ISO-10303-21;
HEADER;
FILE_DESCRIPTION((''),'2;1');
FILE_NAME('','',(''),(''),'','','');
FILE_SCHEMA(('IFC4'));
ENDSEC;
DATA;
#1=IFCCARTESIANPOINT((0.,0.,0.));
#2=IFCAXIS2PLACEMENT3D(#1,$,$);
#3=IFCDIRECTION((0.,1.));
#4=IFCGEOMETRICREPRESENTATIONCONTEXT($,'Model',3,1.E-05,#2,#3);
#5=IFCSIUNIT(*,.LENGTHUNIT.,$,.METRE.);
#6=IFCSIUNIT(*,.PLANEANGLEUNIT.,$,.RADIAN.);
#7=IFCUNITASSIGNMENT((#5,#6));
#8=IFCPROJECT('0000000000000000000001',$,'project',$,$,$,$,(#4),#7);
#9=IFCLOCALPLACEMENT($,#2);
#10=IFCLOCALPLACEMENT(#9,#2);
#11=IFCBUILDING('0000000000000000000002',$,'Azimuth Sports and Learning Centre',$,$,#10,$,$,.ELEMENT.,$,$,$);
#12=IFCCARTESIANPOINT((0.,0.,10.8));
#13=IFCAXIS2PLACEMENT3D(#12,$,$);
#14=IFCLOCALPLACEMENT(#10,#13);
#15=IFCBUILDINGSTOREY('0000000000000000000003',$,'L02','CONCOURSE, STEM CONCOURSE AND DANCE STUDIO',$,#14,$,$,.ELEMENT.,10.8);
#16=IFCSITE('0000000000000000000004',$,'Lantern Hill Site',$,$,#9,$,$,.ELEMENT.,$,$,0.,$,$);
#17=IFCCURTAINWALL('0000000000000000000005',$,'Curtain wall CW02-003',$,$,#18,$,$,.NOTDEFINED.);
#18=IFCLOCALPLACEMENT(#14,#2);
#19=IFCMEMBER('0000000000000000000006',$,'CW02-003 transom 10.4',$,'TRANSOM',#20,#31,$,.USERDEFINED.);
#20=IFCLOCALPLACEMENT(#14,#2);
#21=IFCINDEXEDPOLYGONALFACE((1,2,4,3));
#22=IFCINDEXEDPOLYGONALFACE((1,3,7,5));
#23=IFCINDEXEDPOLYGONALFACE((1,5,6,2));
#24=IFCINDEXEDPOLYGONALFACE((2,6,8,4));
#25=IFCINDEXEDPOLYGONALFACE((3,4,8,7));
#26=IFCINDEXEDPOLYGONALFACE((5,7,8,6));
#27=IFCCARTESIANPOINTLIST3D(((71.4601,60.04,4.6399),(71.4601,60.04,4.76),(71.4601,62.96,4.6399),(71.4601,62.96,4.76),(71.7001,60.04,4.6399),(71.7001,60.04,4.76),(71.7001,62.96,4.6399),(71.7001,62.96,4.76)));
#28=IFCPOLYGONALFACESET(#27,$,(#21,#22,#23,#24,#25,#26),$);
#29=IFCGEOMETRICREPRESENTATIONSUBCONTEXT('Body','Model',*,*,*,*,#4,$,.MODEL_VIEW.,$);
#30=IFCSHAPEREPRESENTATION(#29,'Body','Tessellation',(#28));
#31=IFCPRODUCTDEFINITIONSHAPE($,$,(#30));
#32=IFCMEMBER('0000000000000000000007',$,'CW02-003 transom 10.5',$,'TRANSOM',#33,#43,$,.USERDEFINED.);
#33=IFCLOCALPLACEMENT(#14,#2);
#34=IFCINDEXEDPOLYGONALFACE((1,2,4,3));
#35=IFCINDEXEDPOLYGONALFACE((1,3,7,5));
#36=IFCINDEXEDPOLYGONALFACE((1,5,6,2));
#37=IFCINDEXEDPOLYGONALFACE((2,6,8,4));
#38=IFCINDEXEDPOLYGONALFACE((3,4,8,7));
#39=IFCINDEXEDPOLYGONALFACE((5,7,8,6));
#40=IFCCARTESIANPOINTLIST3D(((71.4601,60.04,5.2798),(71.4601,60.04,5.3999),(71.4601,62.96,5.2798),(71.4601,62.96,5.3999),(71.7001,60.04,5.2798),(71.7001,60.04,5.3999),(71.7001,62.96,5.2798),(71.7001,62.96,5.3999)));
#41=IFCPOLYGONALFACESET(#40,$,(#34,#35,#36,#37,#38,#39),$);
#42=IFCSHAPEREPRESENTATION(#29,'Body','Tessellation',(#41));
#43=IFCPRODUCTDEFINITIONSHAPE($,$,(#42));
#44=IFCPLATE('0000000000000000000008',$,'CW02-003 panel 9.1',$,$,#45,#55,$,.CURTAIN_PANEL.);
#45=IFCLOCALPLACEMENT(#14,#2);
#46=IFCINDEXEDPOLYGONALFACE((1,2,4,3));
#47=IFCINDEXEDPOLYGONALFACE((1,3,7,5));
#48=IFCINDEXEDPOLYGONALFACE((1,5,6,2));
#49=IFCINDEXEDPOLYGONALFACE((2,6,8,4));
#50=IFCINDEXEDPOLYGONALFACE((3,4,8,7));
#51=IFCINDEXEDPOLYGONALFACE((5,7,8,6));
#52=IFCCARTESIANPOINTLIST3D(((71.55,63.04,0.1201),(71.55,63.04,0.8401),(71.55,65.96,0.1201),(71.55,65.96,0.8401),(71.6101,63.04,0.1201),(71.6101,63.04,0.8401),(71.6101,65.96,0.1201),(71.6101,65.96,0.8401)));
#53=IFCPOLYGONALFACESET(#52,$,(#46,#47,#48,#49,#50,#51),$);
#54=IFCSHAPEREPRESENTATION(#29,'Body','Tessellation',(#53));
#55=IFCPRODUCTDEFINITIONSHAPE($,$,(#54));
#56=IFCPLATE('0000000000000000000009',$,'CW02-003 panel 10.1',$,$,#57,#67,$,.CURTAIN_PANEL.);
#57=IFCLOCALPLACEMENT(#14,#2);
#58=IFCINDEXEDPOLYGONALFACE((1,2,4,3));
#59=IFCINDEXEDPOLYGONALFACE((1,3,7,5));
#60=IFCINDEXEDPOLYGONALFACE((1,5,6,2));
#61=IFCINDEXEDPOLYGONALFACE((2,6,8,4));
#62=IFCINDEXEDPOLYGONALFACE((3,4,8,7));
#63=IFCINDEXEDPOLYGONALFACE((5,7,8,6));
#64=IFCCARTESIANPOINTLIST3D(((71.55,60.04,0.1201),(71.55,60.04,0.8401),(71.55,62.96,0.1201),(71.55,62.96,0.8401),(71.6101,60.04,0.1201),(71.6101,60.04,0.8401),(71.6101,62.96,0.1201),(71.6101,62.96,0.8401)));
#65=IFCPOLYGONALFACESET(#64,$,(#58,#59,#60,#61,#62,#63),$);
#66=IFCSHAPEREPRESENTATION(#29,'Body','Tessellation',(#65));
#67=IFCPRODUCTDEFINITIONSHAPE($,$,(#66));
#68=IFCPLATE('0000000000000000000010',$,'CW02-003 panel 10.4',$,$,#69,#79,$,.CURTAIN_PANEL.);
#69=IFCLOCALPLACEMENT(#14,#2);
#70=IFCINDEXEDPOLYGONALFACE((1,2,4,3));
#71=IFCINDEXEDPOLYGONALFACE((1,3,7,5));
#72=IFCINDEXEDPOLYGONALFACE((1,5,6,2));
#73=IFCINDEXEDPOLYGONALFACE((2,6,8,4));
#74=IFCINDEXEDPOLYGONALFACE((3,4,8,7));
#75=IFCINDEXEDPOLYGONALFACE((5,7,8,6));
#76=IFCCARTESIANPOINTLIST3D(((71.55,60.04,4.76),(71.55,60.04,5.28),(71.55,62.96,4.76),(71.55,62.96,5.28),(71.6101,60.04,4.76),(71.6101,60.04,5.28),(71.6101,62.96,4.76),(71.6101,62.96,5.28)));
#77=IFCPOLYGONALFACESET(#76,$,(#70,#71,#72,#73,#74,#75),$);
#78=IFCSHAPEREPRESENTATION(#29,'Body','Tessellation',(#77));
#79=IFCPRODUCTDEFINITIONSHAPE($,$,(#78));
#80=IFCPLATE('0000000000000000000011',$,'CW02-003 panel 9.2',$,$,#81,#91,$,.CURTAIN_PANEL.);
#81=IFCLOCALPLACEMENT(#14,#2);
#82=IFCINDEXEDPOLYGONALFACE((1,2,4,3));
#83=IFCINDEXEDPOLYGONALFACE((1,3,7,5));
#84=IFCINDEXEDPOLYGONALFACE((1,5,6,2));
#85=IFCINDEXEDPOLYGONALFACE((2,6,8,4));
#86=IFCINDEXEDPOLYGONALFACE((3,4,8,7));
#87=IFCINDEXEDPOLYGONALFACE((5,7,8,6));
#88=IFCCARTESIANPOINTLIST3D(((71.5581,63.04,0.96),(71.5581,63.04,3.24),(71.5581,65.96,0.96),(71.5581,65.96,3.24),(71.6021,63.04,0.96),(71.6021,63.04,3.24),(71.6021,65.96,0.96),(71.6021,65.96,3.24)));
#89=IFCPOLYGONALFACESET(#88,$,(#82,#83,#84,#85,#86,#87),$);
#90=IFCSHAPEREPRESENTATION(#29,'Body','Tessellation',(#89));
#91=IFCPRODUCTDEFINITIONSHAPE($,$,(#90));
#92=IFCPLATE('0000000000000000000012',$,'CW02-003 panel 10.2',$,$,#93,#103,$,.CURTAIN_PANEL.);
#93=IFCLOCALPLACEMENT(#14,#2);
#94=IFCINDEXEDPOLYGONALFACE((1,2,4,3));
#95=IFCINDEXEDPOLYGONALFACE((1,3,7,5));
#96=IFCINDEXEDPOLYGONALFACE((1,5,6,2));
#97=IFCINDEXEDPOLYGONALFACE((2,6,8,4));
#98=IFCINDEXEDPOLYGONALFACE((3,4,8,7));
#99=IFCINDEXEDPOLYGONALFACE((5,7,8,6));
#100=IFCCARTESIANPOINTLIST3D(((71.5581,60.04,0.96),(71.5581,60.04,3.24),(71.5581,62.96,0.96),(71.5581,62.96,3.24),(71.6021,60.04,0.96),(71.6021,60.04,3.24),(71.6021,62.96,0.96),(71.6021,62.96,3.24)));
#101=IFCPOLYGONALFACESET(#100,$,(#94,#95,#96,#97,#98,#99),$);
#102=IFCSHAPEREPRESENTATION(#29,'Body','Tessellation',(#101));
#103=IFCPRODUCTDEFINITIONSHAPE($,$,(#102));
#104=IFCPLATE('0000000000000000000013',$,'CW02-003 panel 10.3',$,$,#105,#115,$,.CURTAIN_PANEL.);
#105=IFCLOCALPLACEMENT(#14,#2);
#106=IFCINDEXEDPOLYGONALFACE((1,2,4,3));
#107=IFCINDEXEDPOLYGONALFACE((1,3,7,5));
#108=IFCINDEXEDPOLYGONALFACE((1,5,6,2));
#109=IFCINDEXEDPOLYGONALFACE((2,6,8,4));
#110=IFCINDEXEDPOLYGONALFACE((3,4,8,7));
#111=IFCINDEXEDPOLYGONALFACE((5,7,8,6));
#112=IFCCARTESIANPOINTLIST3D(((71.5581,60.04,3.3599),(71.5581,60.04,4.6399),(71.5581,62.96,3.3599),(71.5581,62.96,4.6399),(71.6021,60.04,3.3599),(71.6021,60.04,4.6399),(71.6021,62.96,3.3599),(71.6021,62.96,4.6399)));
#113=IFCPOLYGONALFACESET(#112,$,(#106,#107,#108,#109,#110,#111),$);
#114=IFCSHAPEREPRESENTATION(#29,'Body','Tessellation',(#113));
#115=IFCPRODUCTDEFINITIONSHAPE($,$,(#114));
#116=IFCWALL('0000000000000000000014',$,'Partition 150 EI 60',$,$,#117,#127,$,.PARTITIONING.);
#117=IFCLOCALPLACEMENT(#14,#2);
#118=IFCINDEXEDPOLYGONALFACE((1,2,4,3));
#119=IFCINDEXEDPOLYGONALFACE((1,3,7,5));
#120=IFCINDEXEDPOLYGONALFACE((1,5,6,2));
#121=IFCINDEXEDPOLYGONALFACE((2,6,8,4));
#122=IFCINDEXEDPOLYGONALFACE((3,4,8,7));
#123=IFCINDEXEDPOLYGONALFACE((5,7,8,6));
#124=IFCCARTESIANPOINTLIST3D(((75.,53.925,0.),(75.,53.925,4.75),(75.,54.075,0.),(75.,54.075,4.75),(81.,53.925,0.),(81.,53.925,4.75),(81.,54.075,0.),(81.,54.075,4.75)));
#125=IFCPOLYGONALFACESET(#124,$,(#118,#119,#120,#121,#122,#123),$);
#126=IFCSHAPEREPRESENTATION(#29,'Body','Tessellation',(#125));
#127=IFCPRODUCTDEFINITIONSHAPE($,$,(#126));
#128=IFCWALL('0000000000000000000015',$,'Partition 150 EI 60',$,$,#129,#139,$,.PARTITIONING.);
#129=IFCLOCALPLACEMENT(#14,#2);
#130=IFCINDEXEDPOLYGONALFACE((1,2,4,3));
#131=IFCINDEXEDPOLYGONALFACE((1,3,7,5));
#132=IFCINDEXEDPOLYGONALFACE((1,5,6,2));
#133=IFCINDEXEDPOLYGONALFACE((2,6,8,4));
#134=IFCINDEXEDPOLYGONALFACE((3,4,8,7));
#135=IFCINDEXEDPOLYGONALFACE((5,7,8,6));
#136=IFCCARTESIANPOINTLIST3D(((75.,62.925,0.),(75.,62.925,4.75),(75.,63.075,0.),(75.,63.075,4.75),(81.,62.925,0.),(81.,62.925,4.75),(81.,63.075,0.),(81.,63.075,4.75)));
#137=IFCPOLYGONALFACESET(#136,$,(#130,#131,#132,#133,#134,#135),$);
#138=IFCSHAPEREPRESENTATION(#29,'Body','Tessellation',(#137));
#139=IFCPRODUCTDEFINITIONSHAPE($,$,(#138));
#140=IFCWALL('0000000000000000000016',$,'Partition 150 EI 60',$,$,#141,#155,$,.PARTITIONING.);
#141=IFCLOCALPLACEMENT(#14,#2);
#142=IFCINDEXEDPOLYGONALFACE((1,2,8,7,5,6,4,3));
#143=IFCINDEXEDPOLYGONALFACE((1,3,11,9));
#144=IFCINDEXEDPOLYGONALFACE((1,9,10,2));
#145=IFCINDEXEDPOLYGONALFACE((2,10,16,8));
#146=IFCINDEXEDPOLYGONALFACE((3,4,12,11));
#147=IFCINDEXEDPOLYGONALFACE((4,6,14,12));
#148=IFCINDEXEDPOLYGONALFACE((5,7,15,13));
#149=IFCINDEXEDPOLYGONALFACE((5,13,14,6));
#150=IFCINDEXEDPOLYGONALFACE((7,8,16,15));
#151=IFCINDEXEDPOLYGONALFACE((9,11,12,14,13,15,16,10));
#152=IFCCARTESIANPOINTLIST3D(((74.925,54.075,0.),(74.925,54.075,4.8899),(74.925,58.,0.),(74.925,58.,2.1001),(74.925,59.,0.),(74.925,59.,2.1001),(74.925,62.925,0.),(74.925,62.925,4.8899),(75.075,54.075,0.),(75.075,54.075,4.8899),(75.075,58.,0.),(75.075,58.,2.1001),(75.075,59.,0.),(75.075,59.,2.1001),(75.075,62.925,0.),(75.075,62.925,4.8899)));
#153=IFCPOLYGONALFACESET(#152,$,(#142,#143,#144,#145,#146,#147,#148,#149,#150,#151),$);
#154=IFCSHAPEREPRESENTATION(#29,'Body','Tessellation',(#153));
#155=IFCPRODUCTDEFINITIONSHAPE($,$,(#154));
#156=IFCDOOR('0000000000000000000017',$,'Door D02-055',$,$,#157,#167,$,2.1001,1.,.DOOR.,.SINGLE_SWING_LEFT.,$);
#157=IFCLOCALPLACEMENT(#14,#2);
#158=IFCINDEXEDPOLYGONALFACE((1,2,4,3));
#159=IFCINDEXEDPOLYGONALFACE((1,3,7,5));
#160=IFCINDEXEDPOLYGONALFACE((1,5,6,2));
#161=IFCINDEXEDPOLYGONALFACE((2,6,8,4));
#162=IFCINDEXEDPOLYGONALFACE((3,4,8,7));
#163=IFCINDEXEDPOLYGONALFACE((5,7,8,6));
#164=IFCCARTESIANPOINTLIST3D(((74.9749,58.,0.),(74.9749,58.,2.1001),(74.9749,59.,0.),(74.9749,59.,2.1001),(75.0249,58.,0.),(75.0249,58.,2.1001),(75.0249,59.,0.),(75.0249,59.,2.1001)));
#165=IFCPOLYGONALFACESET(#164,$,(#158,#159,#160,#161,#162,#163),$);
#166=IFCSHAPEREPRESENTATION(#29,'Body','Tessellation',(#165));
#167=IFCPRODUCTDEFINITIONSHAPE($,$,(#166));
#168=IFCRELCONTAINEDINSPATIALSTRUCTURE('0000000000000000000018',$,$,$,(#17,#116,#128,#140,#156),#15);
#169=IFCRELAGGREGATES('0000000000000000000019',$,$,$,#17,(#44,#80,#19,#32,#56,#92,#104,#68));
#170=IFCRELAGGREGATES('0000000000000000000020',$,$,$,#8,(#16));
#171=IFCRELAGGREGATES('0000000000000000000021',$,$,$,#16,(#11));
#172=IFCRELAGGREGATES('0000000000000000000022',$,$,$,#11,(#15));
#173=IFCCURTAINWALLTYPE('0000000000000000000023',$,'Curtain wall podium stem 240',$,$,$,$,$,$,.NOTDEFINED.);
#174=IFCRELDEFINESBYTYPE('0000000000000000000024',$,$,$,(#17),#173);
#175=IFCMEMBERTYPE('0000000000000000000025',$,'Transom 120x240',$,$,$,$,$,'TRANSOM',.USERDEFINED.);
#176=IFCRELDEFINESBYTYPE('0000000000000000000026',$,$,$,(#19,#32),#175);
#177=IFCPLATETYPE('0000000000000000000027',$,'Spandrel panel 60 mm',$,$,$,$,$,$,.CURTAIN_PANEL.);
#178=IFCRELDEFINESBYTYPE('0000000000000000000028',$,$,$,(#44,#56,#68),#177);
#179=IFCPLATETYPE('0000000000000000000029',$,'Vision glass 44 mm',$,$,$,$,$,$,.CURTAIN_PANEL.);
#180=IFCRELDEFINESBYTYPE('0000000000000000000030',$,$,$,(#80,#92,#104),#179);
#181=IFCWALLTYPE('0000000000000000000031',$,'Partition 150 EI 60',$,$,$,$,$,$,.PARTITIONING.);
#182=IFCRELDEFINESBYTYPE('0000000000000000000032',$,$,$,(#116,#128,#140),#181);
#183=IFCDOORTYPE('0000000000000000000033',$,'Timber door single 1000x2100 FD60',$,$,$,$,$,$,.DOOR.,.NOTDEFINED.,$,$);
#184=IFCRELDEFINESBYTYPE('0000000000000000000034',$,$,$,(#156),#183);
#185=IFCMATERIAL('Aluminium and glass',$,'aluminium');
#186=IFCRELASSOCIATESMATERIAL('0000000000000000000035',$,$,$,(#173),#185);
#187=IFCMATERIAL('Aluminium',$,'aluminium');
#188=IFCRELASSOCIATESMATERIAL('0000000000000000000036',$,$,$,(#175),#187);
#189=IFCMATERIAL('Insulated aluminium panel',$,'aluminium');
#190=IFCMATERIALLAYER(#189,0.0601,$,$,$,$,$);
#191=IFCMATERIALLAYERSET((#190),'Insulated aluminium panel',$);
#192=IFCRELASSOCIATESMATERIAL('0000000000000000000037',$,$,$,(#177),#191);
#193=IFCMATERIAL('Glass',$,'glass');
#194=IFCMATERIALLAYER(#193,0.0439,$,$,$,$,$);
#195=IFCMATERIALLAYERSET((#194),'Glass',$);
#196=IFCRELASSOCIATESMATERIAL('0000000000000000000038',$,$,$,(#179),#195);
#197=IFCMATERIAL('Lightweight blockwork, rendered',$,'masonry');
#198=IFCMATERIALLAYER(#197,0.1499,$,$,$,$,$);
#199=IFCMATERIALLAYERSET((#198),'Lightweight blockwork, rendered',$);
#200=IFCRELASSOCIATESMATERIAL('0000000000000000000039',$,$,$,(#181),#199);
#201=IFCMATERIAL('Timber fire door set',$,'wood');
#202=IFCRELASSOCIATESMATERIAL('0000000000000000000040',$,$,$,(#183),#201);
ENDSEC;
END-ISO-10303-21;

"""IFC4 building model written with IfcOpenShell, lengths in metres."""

from ifc_helpers import new_model, si_unit, direction, frame, frame_2d, origin, origin_2d, place, context, subcontext, project, spatial, rectangle, extrude, material, layer, layer_set, material_profile, profile_set, type_object, element, fill, aggregate, save


model = new_model("IFC4")

# Units and contexts
model_context = context("Model", 3, precision=1e-05, world=origin(), true_north=direction((0.0, 1.0)))
body_context = subcontext(model_context, "Body", "Model", "MODEL_VIEW")
ifc_project = project(units=[si_unit("LENGTHUNIT", "METRE"), si_unit("PLANEANGLEUNIT", "RADIAN")], contexts=[model_context])

# Site, building, storey
site_placement = place(None, origin())
site = spatial("IfcSite", under=ifc_project, at=site_placement, Name="Lantern Hill Site", CompositionType="ELEMENT", RefElevation=0.0)
building_placement = place(site_placement, origin())
building = spatial("IfcBuilding", under=site, at=building_placement, Name="Azimuth Sports and Learning Centre", CompositionType="ELEMENT")
storey_placement = place(building_placement, frame((0.0, 0.0, 10.8)))
storey = spatial("IfcBuildingStorey", under=building, at=storey_placement, Name="L02", Description="CONCOURSE, STEM CONCOURSE AND DANCE STUDIO", CompositionType="ELEMENT", Elevation=10.8)

# Curtain wall, members, plates
ifc_material_1 = material(Name="Aluminium and glass", Category="aluminium")
curtain_wall_type = type_object("IfcCurtainWallType", Name="Curtain wall podium stem 240", PredefinedType="NOTDEFINED", material=ifc_material_1)
curtain_wall_placement = place(storey_placement, origin())
curtain_wall = element("IfcCurtainWall", 1, at=curtain_wall_placement, inside=storey, type_object=curtain_wall_type, Name="Curtain wall CW02-003", PredefinedType="NOTDEFINED")
ifc_material_2 = material(Name="Aluminium", Category="aluminium")
ifc_material_profile_1 = material_profile(ifc_material_2, rectangle(XDim=0.24, YDim=0.1201, at=origin_2d()), Name="Transom 120x240")
ifc_profile_set_1 = profile_set([ifc_material_profile_1], Name="Aluminium")
member_type_1 = type_object("IfcMemberType", Name="Transom 120x240", ElementType="TRANSOM", PredefinedType="USERDEFINED", material=ifc_profile_set_1)
member_1_placement = place(storey_placement, frame((71.5801, 62.96, 4.7), z_axis=(0.0, -1.0, 0.0), x_axis=(1.0, 0.0, 0.0)))
member_1 = element("IfcMember", 2, at=member_1_placement, type_object=member_type_1, Name="CW02-003 transom 10.4", ObjectType="TRANSOM", PredefinedType="USERDEFINED", context=body_context, shape_type="SweptSolid", body=[
    extrude(rectangle(XDim=0.24, YDim=0.1201, at=origin_2d()), origin(), (0.0, 0.0, 1.0), 2.9199),
])
member_2_placement = place(storey_placement, frame((71.5801, 62.96, 5.3398), z_axis=(0.0, -1.0, 0.0), x_axis=(1.0, 0.0, 0.0)))
member_2 = element("IfcMember", 3, at=member_2_placement, type_object=member_type_1, Name="CW02-003 transom 10.5", ObjectType="TRANSOM", PredefinedType="USERDEFINED", context=body_context, shape_type="SweptSolid", body=[
    extrude(rectangle(XDim=0.24, YDim=0.1201, at=origin_2d()), origin(), (0.0, 0.0, 1.0), 2.9199),
])
ifc_material_3 = material(Name="Insulated aluminium panel", Category="aluminium")
ifc_layer_1 = layer(ifc_material_3, 0.0601)
ifc_layer_set_1 = layer_set([ifc_layer_1], Name="Insulated aluminium panel")
plate_type_1 = type_object("IfcPlateType", Name="Spandrel panel 60 mm", PredefinedType="CURTAIN_PANEL", material=ifc_layer_set_1)
plate_1_placement = place(storey_placement, frame((71.5801, 64.5, 0.1201), z_axis=(0.0, 0.0, 1.0), x_axis=(0.0, -1.0, 0.0)))
plate_1 = element("IfcPlate", 4, at=plate_1_placement, type_object=plate_type_1, Name="CW02-003 panel 9.1", PredefinedType="CURTAIN_PANEL", context=body_context, shape_type="SweptSolid", body=[
    extrude(rectangle(XDim=2.9199, YDim=0.0601, at=origin_2d()), origin(), (0.0, 0.0, 1.0), 0.72),
])
plate_2_placement = place(storey_placement, frame((71.5801, 61.5, 0.1201), z_axis=(0.0, 0.0, 1.0), x_axis=(0.0, -1.0, 0.0)))
plate_2 = element("IfcPlate", 5, at=plate_2_placement, type_object=plate_type_1, Name="CW02-003 panel 10.1", PredefinedType="CURTAIN_PANEL", context=body_context, shape_type="SweptSolid", body=[
    extrude(rectangle(XDim=2.9199, YDim=0.0601, at=origin_2d()), origin(), (0.0, 0.0, 1.0), 0.72),
])
plate_3_placement = place(storey_placement, frame((71.5801, 61.5, 4.76), z_axis=(0.0, 0.0, 1.0), x_axis=(0.0, -1.0, 0.0)))
plate_3 = element("IfcPlate", 6, at=plate_3_placement, type_object=plate_type_1, Name="CW02-003 panel 10.4", PredefinedType="CURTAIN_PANEL", context=body_context, shape_type="SweptSolid", body=[
    extrude(rectangle(XDim=2.9199, YDim=0.0601, at=origin_2d()), origin(), (0.0, 0.0, 1.0), 0.52),
])
ifc_material_4 = material(Name="Glass", Category="glass")
ifc_layer_2 = layer(ifc_material_4, 0.0439)
ifc_layer_set_2 = layer_set([ifc_layer_2], Name="Glass")
plate_type_2 = type_object("IfcPlateType", Name="Vision glass 44 mm", PredefinedType="CURTAIN_PANEL", material=ifc_layer_set_2)
plate_4_placement = place(storey_placement, frame((71.5801, 64.5, 0.96), z_axis=(0.0, 0.0, 1.0), x_axis=(0.0, -1.0, 0.0)))
plate_4 = element("IfcPlate", 7, at=plate_4_placement, type_object=plate_type_2, Name="CW02-003 panel 9.2", PredefinedType="CURTAIN_PANEL", context=body_context, shape_type="SweptSolid", body=[
    extrude(rectangle(XDim=2.9199, YDim=0.0439, at=origin_2d()), origin(), (0.0, 0.0, 1.0), 2.28),
])
plate_5_placement = place(storey_placement, frame((71.5801, 61.5, 0.96), z_axis=(0.0, 0.0, 1.0), x_axis=(0.0, -1.0, 0.0)))
plate_5 = element("IfcPlate", 8, at=plate_5_placement, type_object=plate_type_2, Name="CW02-003 panel 10.2", PredefinedType="CURTAIN_PANEL", context=body_context, shape_type="SweptSolid", body=[
    extrude(rectangle(XDim=2.9199, YDim=0.0439, at=origin_2d()), origin(), (0.0, 0.0, 1.0), 2.28),
])
plate_6_placement = place(storey_placement, frame((71.5801, 61.5, 3.3599), z_axis=(0.0, 0.0, 1.0), x_axis=(0.0, -1.0, 0.0)))
plate_6 = element("IfcPlate", 9, at=plate_6_placement, type_object=plate_type_2, Name="CW02-003 panel 10.3", PredefinedType="CURTAIN_PANEL", context=body_context, shape_type="SweptSolid", body=[
    extrude(rectangle(XDim=2.9199, YDim=0.0439, at=origin_2d()), origin(), (0.0, 0.0, 1.0), 1.28),
])
aggregate(curtain_wall, [plate_1, plate_4, member_1, member_2, plate_2, plate_5, plate_6, plate_3])

# Walls
ifc_material_5 = material(Name="Lightweight blockwork, rendered", Category="masonry")
ifc_layer_3 = layer(ifc_material_5, 0.1499)
ifc_layer_set_3 = layer_set([ifc_layer_3], Name="Lightweight blockwork, rendered")
wall_type_1 = type_object("IfcWallType", Name="Partition 150 EI 60", PredefinedType="PARTITIONING", material=ifc_layer_set_3)
for number, where, z_axis, x_axis, name in (
    (10, (75.0, 54.0, 0.0), (0.0, 0.0, 1.0), (1.0, 0.0, 0.0), "Partition 150 EI 60"),
    (11, (75.0, 63.0, 0.0), (0.0, 0.0, 1.0), (1.0, 0.0, 0.0), "Partition 150 EI 60"),
):
    element("IfcWall", number, at=place(storey_placement, frame(where, z_axis=z_axis, x_axis=x_axis)), inside=storey, type_object=wall_type_1, Name=name, PredefinedType="PARTITIONING", context=body_context, shape_type="SweptSolid", body=[
        extrude(rectangle(XDim=6.0, YDim=0.1499, at=frame_2d((3.0, 0.0))), origin(), (0.0, 0.0, 1.0), 4.75),
    ])

# Wall, opening, door
wall_1_placement = place(storey_placement, frame((75.0, 54.075, 0.0), z_axis=(0.0, 0.0, 1.0), x_axis=(0.0, 1.0, 0.0)))
wall_1 = element("IfcWall", 12, at=wall_1_placement, inside=storey, type_object=wall_type_1, Name="Partition 150 EI 60", PredefinedType="PARTITIONING", context=body_context, shape_type="SweptSolid", body=[
    extrude(rectangle(XDim=8.8501, YDim=0.1499, at=frame_2d((4.425, 0.0))), origin(), (0.0, 0.0, 1.0), 4.8899),
])
opening_1_placement = place(wall_1_placement, frame((3.925, 0.0, 0.0)))
opening_1 = element("IfcOpeningElement", 13, at=opening_1_placement, cuts=wall_1, PredefinedType="OPENING", context=body_context, shape_type="SweptSolid", body=[
    extrude(rectangle(XDim=1.0, YDim=2.1001, at=frame_2d((0.5, 1.05))), frame((0.0, 0.0859, 0.0), z_axis=(0.0, -1.0, 0.0), x_axis=(1.0, 0.0, 0.0)), (0.0, 0.0, 1.0), 0.1719),
])
ifc_material_6 = material(Name="Timber fire door set", Category="wood")
door_type_1 = type_object("IfcDoorType", Name="Timber door single 1000x2100 FD60", OperationType="NOTDEFINED", PredefinedType="DOOR", material=ifc_material_6)
door_1_placement = place(opening_1_placement, frame((1.0, 0.0, 0.0), z_axis=(0.0, 0.0, 1.0), x_axis=(-1.0, 0.0, 0.0)))
door_1 = element("IfcDoor", 14, at=door_1_placement, inside=storey, type_object=door_type_1, Name="Door D02-055", OperationType="SINGLE_SWING_LEFT", OverallHeight=2.1001, OverallWidth=1.0, PredefinedType="DOOR", context=body_context, shape_type="SweptSolid", body=[
    extrude(rectangle(XDim=1.0, YDim=2.1001, at=frame_2d((0.5, 1.05))), frame((0.0, 0.0249, 0.0), z_axis=(0.0, -1.0, 0.0), x_axis=(1.0, 0.0, 0.0)), (0.0, 0.0, 1.0), 0.05),
])
fill(opening_1, door_1)

save(model, "model.ifc")
